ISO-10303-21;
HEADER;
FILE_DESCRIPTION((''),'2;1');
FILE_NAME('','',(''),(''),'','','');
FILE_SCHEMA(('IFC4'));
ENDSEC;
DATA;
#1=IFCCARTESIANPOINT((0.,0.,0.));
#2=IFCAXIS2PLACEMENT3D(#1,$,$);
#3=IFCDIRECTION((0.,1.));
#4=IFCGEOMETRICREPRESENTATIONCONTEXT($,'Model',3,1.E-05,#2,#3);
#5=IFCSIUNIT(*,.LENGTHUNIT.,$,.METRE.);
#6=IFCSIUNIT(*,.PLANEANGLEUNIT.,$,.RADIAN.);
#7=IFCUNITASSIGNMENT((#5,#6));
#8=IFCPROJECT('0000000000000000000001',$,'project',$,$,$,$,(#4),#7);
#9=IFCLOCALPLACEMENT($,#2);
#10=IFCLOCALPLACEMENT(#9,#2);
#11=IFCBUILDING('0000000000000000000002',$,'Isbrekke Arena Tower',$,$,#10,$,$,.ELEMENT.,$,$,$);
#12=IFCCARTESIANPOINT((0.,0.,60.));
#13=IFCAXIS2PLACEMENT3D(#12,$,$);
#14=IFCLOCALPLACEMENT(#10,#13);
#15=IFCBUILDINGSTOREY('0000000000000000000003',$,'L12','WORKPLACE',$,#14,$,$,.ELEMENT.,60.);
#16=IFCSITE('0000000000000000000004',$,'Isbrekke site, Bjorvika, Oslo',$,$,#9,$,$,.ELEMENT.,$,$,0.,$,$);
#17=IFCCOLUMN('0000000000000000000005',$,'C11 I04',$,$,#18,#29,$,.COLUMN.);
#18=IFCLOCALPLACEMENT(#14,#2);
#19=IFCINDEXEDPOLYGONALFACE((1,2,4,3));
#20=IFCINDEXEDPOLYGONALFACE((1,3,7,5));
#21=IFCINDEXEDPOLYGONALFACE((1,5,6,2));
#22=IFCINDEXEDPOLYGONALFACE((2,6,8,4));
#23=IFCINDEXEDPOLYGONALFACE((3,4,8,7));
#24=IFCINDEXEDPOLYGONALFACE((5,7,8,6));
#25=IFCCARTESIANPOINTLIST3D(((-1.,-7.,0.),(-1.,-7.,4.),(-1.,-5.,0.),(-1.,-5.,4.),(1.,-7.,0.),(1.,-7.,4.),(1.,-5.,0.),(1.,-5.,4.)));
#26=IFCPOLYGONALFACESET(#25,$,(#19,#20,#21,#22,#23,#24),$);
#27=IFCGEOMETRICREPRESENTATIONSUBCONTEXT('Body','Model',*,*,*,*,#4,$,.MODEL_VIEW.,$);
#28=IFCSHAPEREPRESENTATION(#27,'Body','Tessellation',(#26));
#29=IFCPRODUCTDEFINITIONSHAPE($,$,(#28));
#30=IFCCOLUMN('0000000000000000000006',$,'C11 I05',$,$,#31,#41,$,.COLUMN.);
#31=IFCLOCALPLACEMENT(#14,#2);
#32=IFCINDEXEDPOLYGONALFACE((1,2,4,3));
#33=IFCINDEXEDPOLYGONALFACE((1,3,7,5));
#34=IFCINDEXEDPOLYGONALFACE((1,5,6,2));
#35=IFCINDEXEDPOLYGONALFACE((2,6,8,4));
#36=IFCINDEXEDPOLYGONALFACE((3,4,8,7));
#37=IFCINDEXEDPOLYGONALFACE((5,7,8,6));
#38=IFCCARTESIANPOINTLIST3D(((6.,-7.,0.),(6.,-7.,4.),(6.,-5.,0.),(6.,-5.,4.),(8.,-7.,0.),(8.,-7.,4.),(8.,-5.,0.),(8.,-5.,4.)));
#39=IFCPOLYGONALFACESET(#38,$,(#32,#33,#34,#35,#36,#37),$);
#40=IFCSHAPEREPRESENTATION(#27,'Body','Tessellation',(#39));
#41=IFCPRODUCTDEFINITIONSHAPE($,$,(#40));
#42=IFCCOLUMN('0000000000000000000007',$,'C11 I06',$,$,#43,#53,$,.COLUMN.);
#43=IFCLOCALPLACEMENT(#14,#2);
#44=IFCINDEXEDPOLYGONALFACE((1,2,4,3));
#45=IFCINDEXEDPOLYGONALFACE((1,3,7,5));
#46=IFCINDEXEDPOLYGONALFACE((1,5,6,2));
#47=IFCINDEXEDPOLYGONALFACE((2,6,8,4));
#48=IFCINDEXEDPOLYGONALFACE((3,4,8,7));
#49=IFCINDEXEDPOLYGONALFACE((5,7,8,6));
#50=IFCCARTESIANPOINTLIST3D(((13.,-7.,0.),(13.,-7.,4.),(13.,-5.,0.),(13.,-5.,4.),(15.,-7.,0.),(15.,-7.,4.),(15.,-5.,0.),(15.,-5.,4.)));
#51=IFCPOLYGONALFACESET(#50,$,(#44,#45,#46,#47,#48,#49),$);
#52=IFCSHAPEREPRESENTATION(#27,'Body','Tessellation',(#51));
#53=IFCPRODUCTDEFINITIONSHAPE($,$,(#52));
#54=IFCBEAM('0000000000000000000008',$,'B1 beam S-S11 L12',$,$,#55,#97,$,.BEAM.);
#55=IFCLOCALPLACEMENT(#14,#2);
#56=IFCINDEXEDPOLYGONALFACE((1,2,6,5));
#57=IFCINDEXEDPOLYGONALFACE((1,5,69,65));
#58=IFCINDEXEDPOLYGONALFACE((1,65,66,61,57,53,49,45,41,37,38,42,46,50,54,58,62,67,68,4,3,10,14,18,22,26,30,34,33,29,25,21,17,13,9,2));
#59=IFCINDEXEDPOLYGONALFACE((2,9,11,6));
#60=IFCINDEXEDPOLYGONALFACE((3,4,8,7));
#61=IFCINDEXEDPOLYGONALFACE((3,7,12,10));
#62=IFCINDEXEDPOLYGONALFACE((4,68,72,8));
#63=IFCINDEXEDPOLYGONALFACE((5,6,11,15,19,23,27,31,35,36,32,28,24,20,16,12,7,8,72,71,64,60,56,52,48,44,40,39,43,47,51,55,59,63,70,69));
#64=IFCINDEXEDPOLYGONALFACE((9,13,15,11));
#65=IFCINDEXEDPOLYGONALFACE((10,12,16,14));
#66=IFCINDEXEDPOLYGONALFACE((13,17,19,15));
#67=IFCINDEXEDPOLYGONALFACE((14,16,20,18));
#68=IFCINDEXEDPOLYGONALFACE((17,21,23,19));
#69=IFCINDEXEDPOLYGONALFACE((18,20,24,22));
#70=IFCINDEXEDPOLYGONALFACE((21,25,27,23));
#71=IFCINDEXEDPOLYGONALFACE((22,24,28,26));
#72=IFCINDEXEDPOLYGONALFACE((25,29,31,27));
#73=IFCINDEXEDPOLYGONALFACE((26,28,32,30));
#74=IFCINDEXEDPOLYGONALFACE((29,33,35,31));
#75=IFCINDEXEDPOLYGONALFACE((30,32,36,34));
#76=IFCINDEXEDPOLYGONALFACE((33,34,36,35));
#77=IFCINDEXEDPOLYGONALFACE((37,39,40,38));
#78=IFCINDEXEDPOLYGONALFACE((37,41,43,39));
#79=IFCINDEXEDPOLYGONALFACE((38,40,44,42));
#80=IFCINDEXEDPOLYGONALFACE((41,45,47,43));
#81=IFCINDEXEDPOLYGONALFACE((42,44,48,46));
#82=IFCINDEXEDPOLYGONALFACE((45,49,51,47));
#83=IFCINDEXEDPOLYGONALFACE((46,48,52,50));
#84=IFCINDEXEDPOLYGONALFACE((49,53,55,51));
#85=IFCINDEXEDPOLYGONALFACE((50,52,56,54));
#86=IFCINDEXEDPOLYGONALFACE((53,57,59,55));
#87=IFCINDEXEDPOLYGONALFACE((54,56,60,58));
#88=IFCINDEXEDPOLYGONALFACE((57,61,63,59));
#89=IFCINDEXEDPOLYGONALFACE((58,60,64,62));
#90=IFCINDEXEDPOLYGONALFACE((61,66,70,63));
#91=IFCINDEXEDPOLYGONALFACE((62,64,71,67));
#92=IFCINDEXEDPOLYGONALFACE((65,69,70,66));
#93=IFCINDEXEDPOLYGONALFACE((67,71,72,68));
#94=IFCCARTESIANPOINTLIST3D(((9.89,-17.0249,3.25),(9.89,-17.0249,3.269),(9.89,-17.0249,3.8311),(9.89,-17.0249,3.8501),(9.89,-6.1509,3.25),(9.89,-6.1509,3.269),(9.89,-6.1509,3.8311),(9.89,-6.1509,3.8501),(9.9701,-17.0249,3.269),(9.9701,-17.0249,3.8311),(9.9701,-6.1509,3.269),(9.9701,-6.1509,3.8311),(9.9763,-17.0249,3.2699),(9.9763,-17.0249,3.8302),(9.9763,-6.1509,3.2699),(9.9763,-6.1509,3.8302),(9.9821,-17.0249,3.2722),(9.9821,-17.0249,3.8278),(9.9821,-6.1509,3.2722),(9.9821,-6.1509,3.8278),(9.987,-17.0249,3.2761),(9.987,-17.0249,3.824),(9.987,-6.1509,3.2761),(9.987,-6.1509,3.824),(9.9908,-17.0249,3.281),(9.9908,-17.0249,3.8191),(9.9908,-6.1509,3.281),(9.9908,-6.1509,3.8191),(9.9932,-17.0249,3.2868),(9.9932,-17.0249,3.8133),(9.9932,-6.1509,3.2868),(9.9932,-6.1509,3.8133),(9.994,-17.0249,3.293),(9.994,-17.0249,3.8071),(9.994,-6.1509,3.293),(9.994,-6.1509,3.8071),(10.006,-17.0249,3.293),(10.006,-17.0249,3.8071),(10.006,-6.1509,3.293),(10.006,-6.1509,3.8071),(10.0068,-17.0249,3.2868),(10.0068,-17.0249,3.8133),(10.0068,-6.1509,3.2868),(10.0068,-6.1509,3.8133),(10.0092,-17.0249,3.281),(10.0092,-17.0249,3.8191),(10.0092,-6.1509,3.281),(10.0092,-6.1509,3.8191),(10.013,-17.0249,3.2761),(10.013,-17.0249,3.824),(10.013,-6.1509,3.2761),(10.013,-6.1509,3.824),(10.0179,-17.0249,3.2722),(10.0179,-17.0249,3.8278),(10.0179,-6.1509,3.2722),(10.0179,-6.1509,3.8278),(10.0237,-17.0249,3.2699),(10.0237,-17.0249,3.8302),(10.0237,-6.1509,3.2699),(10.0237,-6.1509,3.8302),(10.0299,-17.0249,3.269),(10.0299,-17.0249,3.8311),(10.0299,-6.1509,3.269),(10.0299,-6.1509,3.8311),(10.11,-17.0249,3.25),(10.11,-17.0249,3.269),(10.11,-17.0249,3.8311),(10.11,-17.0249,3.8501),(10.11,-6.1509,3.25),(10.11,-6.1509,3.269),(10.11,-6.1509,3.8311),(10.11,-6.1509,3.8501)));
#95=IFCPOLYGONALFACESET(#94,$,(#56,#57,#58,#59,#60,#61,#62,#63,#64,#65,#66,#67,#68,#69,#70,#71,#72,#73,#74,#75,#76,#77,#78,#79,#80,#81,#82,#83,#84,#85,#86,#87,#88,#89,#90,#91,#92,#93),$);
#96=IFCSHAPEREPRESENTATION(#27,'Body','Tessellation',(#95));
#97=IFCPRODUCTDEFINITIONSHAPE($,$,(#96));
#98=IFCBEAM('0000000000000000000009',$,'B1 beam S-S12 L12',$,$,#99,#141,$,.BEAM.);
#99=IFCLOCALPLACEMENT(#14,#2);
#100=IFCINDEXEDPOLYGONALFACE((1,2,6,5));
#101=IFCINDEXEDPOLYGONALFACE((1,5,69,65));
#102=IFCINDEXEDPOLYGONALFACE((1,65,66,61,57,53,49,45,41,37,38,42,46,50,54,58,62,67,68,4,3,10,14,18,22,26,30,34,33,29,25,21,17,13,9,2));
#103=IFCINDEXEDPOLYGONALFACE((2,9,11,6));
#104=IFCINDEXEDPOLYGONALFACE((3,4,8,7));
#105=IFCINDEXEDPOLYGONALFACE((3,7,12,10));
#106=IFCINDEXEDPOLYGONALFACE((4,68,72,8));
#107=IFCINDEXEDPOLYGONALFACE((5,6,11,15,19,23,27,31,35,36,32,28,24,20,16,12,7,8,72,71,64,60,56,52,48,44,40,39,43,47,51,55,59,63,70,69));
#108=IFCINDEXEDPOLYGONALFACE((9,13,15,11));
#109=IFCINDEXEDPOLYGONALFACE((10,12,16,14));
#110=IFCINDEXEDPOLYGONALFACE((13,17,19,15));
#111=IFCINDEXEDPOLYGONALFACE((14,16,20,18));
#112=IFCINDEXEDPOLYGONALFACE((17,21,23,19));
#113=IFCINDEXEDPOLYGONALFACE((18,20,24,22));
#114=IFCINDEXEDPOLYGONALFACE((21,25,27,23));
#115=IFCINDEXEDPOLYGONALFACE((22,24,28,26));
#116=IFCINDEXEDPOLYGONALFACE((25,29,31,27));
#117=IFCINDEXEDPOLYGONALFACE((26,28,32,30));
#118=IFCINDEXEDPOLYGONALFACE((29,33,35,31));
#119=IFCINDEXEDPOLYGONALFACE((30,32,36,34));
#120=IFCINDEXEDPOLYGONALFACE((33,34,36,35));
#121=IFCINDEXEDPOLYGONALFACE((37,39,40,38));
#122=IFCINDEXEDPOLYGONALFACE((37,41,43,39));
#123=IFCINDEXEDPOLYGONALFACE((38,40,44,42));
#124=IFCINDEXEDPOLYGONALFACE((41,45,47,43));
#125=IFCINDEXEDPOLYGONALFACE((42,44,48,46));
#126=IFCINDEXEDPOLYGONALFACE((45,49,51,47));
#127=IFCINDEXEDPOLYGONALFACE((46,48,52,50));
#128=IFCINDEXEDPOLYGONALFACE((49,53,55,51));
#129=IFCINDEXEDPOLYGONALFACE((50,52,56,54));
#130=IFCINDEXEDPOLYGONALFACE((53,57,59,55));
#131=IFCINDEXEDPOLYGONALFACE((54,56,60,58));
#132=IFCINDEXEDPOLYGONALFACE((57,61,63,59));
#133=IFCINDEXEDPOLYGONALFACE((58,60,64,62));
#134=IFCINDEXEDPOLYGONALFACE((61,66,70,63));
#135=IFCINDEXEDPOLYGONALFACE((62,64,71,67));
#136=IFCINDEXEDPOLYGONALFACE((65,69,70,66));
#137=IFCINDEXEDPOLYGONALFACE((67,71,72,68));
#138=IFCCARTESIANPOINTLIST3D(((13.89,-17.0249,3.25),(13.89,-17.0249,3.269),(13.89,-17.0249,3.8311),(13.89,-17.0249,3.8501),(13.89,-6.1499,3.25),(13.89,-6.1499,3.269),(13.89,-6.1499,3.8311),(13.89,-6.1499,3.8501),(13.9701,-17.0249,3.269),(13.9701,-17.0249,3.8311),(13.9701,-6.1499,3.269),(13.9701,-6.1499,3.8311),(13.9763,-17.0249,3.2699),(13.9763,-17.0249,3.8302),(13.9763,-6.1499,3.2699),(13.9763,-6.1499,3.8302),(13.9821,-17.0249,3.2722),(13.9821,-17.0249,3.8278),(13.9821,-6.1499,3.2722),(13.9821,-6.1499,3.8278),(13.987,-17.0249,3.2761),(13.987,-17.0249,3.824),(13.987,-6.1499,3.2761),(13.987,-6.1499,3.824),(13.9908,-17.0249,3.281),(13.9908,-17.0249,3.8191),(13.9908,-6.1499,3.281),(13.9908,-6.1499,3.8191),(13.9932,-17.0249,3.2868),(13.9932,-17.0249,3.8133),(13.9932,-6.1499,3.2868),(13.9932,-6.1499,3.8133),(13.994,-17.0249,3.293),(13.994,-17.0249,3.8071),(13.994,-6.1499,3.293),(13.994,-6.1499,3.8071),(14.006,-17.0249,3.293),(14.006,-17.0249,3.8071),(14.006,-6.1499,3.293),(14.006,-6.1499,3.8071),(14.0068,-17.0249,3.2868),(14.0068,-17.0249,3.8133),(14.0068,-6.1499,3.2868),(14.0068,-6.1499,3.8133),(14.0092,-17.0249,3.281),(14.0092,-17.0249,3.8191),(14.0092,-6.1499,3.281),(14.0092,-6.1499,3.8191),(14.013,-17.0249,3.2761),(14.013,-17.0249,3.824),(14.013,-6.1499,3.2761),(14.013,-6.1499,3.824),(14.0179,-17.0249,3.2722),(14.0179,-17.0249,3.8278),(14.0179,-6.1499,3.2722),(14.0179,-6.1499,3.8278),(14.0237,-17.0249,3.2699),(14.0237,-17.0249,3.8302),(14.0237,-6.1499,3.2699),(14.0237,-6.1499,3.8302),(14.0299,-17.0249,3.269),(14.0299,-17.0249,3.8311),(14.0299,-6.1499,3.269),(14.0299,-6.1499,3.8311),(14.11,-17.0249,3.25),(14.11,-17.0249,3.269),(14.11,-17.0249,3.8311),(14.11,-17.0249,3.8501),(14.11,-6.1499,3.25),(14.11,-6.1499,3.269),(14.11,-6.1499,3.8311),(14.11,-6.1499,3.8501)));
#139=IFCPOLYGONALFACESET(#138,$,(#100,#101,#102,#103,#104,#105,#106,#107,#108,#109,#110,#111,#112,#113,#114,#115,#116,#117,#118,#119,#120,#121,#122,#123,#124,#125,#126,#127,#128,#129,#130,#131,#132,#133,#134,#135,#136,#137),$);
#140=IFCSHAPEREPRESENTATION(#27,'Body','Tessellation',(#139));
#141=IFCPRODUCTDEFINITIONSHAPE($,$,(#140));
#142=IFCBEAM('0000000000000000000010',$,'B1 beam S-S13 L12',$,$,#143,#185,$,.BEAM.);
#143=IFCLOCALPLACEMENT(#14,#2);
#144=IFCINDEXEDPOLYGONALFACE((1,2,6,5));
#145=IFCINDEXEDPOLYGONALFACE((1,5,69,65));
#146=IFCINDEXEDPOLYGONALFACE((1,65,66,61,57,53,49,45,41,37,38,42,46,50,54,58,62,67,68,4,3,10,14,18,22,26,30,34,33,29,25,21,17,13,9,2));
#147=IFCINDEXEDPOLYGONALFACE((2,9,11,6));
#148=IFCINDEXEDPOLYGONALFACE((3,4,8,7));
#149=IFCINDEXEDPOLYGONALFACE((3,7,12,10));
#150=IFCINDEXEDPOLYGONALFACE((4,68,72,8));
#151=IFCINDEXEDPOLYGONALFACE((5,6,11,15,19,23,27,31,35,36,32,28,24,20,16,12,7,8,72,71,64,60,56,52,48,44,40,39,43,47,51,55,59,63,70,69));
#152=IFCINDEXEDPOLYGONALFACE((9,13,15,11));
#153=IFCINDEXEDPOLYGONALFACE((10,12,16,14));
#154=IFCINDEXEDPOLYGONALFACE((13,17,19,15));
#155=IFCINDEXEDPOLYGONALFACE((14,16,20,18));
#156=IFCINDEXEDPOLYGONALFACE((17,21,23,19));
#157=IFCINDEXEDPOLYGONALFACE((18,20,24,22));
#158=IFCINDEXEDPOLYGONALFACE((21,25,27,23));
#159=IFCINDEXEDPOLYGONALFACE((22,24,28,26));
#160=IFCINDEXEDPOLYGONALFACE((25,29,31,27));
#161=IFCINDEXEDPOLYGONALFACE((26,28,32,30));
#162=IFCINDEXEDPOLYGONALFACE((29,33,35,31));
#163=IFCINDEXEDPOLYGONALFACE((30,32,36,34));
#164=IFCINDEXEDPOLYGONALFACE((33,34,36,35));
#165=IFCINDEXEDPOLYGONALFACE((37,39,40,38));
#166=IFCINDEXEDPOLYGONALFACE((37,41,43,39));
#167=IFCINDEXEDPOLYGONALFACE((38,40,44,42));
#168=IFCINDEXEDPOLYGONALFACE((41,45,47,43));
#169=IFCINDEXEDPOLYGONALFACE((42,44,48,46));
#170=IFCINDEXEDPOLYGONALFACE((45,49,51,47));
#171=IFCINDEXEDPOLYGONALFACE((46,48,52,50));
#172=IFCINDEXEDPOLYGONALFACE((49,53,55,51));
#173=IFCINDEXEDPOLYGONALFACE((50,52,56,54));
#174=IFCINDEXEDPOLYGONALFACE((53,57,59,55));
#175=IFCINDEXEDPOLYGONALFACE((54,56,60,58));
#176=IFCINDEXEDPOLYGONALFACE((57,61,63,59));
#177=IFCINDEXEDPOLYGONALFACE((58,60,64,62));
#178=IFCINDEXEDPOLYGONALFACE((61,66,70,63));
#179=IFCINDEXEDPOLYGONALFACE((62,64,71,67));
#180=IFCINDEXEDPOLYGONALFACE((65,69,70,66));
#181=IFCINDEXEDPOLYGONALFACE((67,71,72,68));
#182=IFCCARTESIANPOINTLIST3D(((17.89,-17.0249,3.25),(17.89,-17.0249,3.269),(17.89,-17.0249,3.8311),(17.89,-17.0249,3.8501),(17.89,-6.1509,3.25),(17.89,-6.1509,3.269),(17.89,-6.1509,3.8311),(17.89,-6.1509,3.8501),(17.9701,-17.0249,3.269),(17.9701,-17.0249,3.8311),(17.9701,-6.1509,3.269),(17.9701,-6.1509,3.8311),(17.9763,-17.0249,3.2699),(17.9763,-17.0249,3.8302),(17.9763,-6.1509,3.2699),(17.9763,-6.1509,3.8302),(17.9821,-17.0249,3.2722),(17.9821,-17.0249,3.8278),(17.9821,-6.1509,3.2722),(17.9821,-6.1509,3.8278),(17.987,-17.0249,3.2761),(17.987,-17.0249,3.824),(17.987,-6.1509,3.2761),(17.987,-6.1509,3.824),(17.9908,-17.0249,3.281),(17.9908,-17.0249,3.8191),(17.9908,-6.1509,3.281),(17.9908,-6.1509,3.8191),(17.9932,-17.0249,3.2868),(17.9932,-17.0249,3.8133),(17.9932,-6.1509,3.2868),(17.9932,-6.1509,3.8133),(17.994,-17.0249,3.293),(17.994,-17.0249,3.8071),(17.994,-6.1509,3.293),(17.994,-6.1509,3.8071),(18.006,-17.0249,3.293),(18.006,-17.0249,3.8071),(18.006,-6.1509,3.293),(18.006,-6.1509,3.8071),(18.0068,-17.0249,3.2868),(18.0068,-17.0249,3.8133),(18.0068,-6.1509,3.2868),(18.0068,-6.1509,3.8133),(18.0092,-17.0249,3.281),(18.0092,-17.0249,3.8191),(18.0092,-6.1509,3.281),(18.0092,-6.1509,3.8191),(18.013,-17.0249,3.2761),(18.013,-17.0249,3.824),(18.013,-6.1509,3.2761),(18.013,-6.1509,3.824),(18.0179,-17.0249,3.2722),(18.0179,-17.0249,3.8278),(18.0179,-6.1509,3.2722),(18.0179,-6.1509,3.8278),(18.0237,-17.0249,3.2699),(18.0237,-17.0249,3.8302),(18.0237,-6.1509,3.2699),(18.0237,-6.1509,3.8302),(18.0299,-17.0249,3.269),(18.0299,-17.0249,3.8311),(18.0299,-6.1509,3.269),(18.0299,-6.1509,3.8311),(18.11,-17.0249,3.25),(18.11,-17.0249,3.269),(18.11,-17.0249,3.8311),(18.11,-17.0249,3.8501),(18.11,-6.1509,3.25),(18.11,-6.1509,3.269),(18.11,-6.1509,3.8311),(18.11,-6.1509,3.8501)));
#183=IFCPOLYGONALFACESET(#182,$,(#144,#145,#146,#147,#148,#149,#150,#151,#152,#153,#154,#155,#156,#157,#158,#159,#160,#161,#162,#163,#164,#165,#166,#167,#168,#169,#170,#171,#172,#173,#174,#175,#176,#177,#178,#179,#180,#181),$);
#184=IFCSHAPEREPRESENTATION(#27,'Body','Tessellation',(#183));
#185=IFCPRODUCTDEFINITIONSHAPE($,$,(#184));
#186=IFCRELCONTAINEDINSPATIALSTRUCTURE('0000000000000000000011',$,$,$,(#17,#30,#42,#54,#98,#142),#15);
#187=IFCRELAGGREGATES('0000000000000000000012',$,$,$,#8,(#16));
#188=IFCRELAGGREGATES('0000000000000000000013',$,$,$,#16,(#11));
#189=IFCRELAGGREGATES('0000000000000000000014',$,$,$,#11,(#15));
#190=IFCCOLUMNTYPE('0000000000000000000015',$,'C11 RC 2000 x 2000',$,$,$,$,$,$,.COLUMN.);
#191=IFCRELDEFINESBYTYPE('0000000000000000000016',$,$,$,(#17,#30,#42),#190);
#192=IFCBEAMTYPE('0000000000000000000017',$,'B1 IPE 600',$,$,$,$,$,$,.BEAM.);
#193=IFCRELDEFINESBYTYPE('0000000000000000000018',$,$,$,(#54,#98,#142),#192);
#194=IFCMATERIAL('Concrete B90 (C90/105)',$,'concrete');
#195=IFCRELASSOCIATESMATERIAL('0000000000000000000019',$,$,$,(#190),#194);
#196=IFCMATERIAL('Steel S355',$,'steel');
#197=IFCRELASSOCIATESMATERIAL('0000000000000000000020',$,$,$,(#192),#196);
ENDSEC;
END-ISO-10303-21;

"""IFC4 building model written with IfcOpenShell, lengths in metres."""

from ifc_helpers import new_model, si_unit, direction, frame, origin, origin_2d, place, context, subcontext, project, spatial, rectangle, i_section, extrude, material, material_profile, profile_set, type_object, element, save


model = new_model("IFC4")

# Units and contexts
model_context = context("Model", 3, precision=1e-05, world=origin(), true_north=direction((0.0, 1.0)))
body_context = subcontext(model_context, "Body", "Model", "MODEL_VIEW")
ifc_project = project(units=[si_unit("LENGTHUNIT", "METRE"), si_unit("PLANEANGLEUNIT", "RADIAN")], contexts=[model_context])

# Site, building, storey
site_placement = place(None, origin())
site = spatial("IfcSite", under=ifc_project, at=site_placement, Name="Isbrekke site, Bjorvika, Oslo", CompositionType="ELEMENT", RefElevation=0.0)
building_placement = place(site_placement, origin())
building = spatial("IfcBuilding", under=site, at=building_placement, Name="Isbrekke Arena Tower", CompositionType="ELEMENT")
storey_placement = place(building_placement, frame((0.0, 0.0, 60.0)))
storey = spatial("IfcBuildingStorey", under=building, at=storey_placement, Name="L12", Description="WORKPLACE", CompositionType="ELEMENT", Elevation=60.0)

# Columns
ifc_material_1 = material(Name="Concrete B90 (C90/105)", Category="concrete")
ifc_material_profile_1 = material_profile(ifc_material_1, rectangle(XDim=2.0, YDim=2.0, at=origin_2d()), Name="RC 2000x2000")
ifc_profile_set_1 = profile_set([ifc_material_profile_1], Name="Concrete B90 (C90/105)")
column_type = type_object("IfcColumnType", Name="C11 RC 2000 x 2000", PredefinedType="COLUMN", material=ifc_profile_set_1)
for number, where, z_axis, x_axis, name in (
    (1, (0.0, -6.0, 0.0), (0.0, 0.0, 1.0), (1.0, 0.0, 0.0), "C11 I04"),
    (2, (7.0, -6.0, 0.0), (0.0, 0.0, 1.0), (1.0, 0.0, 0.0), "C11 I05"),
    (3, (14.0, -6.0, 0.0), (0.0, 0.0, 1.0), (1.0, 0.0, 0.0), "C11 I06"),
):
    element("IfcColumn", number, at=place(storey_placement, frame(where, z_axis=z_axis, x_axis=x_axis)), inside=storey, type_object=column_type, Name=name, PredefinedType="COLUMN", context=body_context, shape_type="SweptSolid", body=[
        extrude(rectangle(XDim=2.0, YDim=2.0, at=origin_2d()), origin(), (0.0, 0.0, 1.0), 4.0),
    ])

# Beams
ifc_material_2 = material(Name="Steel S355", Category="steel")
ifc_material_profile_2 = material_profile(ifc_material_2, i_section(OverallWidth=0.22, OverallDepth=0.6001, WebThickness=0.012, FlangeThickness=0.019, FilletRadius=0.0239, at=origin_2d()), Name="IPE 600")
ifc_profile_set_2 = profile_set([ifc_material_profile_2], Name="Steel S355")
beam_type_1 = type_object("IfcBeamType", Name="B1 IPE 600", PredefinedType="BEAM", material=ifc_profile_set_2)
beam_1_placement = place(storey_placement, frame((10.0, -17.0249, 3.55), z_axis=(0.0, 1.0, 0.0), x_axis=(-1.0, 0.0, 0.0)))
element("IfcBeam", 4, at=beam_1_placement, inside=storey, type_object=beam_type_1, Name="B1 beam S-S11 L12", PredefinedType="BEAM", context=body_context, shape_type="SweptSolid", body=[
    extrude(i_section(OverallWidth=0.22, OverallDepth=0.6001, WebThickness=0.012, FlangeThickness=0.019, FilletRadius=0.0239, at=origin_2d()), origin(), (0.0, 0.0, 1.0), 10.874),
])
beam_2_placement = place(storey_placement, frame((14.0, -17.0249, 3.55), z_axis=(0.0, 1.0, 0.0), x_axis=(-1.0, 0.0, 0.0)))
element("IfcBeam", 5, at=beam_2_placement, inside=storey, type_object=beam_type_1, Name="B1 beam S-S12 L12", PredefinedType="BEAM", context=body_context, shape_type="SweptSolid", body=[
    extrude(i_section(OverallWidth=0.22, OverallDepth=0.6001, WebThickness=0.012, FlangeThickness=0.019, FilletRadius=0.0239, at=origin_2d()), origin(), (0.0, 0.0, 1.0), 10.875),
])
beam_3_placement = place(storey_placement, frame((18.0, -17.0249, 3.55), z_axis=(0.0, 1.0, 0.0), x_axis=(-1.0, 0.0, 0.0)))
element("IfcBeam", 6, at=beam_3_placement, inside=storey, type_object=beam_type_1, Name="B1 beam S-S13 L12", PredefinedType="BEAM", context=body_context, shape_type="SweptSolid", body=[
    extrude(i_section(OverallWidth=0.22, OverallDepth=0.6001, WebThickness=0.012, FlangeThickness=0.019, FilletRadius=0.0239, at=origin_2d()), origin(), (0.0, 0.0, 1.0), 10.874),
])

save(model, "model.ifc")
